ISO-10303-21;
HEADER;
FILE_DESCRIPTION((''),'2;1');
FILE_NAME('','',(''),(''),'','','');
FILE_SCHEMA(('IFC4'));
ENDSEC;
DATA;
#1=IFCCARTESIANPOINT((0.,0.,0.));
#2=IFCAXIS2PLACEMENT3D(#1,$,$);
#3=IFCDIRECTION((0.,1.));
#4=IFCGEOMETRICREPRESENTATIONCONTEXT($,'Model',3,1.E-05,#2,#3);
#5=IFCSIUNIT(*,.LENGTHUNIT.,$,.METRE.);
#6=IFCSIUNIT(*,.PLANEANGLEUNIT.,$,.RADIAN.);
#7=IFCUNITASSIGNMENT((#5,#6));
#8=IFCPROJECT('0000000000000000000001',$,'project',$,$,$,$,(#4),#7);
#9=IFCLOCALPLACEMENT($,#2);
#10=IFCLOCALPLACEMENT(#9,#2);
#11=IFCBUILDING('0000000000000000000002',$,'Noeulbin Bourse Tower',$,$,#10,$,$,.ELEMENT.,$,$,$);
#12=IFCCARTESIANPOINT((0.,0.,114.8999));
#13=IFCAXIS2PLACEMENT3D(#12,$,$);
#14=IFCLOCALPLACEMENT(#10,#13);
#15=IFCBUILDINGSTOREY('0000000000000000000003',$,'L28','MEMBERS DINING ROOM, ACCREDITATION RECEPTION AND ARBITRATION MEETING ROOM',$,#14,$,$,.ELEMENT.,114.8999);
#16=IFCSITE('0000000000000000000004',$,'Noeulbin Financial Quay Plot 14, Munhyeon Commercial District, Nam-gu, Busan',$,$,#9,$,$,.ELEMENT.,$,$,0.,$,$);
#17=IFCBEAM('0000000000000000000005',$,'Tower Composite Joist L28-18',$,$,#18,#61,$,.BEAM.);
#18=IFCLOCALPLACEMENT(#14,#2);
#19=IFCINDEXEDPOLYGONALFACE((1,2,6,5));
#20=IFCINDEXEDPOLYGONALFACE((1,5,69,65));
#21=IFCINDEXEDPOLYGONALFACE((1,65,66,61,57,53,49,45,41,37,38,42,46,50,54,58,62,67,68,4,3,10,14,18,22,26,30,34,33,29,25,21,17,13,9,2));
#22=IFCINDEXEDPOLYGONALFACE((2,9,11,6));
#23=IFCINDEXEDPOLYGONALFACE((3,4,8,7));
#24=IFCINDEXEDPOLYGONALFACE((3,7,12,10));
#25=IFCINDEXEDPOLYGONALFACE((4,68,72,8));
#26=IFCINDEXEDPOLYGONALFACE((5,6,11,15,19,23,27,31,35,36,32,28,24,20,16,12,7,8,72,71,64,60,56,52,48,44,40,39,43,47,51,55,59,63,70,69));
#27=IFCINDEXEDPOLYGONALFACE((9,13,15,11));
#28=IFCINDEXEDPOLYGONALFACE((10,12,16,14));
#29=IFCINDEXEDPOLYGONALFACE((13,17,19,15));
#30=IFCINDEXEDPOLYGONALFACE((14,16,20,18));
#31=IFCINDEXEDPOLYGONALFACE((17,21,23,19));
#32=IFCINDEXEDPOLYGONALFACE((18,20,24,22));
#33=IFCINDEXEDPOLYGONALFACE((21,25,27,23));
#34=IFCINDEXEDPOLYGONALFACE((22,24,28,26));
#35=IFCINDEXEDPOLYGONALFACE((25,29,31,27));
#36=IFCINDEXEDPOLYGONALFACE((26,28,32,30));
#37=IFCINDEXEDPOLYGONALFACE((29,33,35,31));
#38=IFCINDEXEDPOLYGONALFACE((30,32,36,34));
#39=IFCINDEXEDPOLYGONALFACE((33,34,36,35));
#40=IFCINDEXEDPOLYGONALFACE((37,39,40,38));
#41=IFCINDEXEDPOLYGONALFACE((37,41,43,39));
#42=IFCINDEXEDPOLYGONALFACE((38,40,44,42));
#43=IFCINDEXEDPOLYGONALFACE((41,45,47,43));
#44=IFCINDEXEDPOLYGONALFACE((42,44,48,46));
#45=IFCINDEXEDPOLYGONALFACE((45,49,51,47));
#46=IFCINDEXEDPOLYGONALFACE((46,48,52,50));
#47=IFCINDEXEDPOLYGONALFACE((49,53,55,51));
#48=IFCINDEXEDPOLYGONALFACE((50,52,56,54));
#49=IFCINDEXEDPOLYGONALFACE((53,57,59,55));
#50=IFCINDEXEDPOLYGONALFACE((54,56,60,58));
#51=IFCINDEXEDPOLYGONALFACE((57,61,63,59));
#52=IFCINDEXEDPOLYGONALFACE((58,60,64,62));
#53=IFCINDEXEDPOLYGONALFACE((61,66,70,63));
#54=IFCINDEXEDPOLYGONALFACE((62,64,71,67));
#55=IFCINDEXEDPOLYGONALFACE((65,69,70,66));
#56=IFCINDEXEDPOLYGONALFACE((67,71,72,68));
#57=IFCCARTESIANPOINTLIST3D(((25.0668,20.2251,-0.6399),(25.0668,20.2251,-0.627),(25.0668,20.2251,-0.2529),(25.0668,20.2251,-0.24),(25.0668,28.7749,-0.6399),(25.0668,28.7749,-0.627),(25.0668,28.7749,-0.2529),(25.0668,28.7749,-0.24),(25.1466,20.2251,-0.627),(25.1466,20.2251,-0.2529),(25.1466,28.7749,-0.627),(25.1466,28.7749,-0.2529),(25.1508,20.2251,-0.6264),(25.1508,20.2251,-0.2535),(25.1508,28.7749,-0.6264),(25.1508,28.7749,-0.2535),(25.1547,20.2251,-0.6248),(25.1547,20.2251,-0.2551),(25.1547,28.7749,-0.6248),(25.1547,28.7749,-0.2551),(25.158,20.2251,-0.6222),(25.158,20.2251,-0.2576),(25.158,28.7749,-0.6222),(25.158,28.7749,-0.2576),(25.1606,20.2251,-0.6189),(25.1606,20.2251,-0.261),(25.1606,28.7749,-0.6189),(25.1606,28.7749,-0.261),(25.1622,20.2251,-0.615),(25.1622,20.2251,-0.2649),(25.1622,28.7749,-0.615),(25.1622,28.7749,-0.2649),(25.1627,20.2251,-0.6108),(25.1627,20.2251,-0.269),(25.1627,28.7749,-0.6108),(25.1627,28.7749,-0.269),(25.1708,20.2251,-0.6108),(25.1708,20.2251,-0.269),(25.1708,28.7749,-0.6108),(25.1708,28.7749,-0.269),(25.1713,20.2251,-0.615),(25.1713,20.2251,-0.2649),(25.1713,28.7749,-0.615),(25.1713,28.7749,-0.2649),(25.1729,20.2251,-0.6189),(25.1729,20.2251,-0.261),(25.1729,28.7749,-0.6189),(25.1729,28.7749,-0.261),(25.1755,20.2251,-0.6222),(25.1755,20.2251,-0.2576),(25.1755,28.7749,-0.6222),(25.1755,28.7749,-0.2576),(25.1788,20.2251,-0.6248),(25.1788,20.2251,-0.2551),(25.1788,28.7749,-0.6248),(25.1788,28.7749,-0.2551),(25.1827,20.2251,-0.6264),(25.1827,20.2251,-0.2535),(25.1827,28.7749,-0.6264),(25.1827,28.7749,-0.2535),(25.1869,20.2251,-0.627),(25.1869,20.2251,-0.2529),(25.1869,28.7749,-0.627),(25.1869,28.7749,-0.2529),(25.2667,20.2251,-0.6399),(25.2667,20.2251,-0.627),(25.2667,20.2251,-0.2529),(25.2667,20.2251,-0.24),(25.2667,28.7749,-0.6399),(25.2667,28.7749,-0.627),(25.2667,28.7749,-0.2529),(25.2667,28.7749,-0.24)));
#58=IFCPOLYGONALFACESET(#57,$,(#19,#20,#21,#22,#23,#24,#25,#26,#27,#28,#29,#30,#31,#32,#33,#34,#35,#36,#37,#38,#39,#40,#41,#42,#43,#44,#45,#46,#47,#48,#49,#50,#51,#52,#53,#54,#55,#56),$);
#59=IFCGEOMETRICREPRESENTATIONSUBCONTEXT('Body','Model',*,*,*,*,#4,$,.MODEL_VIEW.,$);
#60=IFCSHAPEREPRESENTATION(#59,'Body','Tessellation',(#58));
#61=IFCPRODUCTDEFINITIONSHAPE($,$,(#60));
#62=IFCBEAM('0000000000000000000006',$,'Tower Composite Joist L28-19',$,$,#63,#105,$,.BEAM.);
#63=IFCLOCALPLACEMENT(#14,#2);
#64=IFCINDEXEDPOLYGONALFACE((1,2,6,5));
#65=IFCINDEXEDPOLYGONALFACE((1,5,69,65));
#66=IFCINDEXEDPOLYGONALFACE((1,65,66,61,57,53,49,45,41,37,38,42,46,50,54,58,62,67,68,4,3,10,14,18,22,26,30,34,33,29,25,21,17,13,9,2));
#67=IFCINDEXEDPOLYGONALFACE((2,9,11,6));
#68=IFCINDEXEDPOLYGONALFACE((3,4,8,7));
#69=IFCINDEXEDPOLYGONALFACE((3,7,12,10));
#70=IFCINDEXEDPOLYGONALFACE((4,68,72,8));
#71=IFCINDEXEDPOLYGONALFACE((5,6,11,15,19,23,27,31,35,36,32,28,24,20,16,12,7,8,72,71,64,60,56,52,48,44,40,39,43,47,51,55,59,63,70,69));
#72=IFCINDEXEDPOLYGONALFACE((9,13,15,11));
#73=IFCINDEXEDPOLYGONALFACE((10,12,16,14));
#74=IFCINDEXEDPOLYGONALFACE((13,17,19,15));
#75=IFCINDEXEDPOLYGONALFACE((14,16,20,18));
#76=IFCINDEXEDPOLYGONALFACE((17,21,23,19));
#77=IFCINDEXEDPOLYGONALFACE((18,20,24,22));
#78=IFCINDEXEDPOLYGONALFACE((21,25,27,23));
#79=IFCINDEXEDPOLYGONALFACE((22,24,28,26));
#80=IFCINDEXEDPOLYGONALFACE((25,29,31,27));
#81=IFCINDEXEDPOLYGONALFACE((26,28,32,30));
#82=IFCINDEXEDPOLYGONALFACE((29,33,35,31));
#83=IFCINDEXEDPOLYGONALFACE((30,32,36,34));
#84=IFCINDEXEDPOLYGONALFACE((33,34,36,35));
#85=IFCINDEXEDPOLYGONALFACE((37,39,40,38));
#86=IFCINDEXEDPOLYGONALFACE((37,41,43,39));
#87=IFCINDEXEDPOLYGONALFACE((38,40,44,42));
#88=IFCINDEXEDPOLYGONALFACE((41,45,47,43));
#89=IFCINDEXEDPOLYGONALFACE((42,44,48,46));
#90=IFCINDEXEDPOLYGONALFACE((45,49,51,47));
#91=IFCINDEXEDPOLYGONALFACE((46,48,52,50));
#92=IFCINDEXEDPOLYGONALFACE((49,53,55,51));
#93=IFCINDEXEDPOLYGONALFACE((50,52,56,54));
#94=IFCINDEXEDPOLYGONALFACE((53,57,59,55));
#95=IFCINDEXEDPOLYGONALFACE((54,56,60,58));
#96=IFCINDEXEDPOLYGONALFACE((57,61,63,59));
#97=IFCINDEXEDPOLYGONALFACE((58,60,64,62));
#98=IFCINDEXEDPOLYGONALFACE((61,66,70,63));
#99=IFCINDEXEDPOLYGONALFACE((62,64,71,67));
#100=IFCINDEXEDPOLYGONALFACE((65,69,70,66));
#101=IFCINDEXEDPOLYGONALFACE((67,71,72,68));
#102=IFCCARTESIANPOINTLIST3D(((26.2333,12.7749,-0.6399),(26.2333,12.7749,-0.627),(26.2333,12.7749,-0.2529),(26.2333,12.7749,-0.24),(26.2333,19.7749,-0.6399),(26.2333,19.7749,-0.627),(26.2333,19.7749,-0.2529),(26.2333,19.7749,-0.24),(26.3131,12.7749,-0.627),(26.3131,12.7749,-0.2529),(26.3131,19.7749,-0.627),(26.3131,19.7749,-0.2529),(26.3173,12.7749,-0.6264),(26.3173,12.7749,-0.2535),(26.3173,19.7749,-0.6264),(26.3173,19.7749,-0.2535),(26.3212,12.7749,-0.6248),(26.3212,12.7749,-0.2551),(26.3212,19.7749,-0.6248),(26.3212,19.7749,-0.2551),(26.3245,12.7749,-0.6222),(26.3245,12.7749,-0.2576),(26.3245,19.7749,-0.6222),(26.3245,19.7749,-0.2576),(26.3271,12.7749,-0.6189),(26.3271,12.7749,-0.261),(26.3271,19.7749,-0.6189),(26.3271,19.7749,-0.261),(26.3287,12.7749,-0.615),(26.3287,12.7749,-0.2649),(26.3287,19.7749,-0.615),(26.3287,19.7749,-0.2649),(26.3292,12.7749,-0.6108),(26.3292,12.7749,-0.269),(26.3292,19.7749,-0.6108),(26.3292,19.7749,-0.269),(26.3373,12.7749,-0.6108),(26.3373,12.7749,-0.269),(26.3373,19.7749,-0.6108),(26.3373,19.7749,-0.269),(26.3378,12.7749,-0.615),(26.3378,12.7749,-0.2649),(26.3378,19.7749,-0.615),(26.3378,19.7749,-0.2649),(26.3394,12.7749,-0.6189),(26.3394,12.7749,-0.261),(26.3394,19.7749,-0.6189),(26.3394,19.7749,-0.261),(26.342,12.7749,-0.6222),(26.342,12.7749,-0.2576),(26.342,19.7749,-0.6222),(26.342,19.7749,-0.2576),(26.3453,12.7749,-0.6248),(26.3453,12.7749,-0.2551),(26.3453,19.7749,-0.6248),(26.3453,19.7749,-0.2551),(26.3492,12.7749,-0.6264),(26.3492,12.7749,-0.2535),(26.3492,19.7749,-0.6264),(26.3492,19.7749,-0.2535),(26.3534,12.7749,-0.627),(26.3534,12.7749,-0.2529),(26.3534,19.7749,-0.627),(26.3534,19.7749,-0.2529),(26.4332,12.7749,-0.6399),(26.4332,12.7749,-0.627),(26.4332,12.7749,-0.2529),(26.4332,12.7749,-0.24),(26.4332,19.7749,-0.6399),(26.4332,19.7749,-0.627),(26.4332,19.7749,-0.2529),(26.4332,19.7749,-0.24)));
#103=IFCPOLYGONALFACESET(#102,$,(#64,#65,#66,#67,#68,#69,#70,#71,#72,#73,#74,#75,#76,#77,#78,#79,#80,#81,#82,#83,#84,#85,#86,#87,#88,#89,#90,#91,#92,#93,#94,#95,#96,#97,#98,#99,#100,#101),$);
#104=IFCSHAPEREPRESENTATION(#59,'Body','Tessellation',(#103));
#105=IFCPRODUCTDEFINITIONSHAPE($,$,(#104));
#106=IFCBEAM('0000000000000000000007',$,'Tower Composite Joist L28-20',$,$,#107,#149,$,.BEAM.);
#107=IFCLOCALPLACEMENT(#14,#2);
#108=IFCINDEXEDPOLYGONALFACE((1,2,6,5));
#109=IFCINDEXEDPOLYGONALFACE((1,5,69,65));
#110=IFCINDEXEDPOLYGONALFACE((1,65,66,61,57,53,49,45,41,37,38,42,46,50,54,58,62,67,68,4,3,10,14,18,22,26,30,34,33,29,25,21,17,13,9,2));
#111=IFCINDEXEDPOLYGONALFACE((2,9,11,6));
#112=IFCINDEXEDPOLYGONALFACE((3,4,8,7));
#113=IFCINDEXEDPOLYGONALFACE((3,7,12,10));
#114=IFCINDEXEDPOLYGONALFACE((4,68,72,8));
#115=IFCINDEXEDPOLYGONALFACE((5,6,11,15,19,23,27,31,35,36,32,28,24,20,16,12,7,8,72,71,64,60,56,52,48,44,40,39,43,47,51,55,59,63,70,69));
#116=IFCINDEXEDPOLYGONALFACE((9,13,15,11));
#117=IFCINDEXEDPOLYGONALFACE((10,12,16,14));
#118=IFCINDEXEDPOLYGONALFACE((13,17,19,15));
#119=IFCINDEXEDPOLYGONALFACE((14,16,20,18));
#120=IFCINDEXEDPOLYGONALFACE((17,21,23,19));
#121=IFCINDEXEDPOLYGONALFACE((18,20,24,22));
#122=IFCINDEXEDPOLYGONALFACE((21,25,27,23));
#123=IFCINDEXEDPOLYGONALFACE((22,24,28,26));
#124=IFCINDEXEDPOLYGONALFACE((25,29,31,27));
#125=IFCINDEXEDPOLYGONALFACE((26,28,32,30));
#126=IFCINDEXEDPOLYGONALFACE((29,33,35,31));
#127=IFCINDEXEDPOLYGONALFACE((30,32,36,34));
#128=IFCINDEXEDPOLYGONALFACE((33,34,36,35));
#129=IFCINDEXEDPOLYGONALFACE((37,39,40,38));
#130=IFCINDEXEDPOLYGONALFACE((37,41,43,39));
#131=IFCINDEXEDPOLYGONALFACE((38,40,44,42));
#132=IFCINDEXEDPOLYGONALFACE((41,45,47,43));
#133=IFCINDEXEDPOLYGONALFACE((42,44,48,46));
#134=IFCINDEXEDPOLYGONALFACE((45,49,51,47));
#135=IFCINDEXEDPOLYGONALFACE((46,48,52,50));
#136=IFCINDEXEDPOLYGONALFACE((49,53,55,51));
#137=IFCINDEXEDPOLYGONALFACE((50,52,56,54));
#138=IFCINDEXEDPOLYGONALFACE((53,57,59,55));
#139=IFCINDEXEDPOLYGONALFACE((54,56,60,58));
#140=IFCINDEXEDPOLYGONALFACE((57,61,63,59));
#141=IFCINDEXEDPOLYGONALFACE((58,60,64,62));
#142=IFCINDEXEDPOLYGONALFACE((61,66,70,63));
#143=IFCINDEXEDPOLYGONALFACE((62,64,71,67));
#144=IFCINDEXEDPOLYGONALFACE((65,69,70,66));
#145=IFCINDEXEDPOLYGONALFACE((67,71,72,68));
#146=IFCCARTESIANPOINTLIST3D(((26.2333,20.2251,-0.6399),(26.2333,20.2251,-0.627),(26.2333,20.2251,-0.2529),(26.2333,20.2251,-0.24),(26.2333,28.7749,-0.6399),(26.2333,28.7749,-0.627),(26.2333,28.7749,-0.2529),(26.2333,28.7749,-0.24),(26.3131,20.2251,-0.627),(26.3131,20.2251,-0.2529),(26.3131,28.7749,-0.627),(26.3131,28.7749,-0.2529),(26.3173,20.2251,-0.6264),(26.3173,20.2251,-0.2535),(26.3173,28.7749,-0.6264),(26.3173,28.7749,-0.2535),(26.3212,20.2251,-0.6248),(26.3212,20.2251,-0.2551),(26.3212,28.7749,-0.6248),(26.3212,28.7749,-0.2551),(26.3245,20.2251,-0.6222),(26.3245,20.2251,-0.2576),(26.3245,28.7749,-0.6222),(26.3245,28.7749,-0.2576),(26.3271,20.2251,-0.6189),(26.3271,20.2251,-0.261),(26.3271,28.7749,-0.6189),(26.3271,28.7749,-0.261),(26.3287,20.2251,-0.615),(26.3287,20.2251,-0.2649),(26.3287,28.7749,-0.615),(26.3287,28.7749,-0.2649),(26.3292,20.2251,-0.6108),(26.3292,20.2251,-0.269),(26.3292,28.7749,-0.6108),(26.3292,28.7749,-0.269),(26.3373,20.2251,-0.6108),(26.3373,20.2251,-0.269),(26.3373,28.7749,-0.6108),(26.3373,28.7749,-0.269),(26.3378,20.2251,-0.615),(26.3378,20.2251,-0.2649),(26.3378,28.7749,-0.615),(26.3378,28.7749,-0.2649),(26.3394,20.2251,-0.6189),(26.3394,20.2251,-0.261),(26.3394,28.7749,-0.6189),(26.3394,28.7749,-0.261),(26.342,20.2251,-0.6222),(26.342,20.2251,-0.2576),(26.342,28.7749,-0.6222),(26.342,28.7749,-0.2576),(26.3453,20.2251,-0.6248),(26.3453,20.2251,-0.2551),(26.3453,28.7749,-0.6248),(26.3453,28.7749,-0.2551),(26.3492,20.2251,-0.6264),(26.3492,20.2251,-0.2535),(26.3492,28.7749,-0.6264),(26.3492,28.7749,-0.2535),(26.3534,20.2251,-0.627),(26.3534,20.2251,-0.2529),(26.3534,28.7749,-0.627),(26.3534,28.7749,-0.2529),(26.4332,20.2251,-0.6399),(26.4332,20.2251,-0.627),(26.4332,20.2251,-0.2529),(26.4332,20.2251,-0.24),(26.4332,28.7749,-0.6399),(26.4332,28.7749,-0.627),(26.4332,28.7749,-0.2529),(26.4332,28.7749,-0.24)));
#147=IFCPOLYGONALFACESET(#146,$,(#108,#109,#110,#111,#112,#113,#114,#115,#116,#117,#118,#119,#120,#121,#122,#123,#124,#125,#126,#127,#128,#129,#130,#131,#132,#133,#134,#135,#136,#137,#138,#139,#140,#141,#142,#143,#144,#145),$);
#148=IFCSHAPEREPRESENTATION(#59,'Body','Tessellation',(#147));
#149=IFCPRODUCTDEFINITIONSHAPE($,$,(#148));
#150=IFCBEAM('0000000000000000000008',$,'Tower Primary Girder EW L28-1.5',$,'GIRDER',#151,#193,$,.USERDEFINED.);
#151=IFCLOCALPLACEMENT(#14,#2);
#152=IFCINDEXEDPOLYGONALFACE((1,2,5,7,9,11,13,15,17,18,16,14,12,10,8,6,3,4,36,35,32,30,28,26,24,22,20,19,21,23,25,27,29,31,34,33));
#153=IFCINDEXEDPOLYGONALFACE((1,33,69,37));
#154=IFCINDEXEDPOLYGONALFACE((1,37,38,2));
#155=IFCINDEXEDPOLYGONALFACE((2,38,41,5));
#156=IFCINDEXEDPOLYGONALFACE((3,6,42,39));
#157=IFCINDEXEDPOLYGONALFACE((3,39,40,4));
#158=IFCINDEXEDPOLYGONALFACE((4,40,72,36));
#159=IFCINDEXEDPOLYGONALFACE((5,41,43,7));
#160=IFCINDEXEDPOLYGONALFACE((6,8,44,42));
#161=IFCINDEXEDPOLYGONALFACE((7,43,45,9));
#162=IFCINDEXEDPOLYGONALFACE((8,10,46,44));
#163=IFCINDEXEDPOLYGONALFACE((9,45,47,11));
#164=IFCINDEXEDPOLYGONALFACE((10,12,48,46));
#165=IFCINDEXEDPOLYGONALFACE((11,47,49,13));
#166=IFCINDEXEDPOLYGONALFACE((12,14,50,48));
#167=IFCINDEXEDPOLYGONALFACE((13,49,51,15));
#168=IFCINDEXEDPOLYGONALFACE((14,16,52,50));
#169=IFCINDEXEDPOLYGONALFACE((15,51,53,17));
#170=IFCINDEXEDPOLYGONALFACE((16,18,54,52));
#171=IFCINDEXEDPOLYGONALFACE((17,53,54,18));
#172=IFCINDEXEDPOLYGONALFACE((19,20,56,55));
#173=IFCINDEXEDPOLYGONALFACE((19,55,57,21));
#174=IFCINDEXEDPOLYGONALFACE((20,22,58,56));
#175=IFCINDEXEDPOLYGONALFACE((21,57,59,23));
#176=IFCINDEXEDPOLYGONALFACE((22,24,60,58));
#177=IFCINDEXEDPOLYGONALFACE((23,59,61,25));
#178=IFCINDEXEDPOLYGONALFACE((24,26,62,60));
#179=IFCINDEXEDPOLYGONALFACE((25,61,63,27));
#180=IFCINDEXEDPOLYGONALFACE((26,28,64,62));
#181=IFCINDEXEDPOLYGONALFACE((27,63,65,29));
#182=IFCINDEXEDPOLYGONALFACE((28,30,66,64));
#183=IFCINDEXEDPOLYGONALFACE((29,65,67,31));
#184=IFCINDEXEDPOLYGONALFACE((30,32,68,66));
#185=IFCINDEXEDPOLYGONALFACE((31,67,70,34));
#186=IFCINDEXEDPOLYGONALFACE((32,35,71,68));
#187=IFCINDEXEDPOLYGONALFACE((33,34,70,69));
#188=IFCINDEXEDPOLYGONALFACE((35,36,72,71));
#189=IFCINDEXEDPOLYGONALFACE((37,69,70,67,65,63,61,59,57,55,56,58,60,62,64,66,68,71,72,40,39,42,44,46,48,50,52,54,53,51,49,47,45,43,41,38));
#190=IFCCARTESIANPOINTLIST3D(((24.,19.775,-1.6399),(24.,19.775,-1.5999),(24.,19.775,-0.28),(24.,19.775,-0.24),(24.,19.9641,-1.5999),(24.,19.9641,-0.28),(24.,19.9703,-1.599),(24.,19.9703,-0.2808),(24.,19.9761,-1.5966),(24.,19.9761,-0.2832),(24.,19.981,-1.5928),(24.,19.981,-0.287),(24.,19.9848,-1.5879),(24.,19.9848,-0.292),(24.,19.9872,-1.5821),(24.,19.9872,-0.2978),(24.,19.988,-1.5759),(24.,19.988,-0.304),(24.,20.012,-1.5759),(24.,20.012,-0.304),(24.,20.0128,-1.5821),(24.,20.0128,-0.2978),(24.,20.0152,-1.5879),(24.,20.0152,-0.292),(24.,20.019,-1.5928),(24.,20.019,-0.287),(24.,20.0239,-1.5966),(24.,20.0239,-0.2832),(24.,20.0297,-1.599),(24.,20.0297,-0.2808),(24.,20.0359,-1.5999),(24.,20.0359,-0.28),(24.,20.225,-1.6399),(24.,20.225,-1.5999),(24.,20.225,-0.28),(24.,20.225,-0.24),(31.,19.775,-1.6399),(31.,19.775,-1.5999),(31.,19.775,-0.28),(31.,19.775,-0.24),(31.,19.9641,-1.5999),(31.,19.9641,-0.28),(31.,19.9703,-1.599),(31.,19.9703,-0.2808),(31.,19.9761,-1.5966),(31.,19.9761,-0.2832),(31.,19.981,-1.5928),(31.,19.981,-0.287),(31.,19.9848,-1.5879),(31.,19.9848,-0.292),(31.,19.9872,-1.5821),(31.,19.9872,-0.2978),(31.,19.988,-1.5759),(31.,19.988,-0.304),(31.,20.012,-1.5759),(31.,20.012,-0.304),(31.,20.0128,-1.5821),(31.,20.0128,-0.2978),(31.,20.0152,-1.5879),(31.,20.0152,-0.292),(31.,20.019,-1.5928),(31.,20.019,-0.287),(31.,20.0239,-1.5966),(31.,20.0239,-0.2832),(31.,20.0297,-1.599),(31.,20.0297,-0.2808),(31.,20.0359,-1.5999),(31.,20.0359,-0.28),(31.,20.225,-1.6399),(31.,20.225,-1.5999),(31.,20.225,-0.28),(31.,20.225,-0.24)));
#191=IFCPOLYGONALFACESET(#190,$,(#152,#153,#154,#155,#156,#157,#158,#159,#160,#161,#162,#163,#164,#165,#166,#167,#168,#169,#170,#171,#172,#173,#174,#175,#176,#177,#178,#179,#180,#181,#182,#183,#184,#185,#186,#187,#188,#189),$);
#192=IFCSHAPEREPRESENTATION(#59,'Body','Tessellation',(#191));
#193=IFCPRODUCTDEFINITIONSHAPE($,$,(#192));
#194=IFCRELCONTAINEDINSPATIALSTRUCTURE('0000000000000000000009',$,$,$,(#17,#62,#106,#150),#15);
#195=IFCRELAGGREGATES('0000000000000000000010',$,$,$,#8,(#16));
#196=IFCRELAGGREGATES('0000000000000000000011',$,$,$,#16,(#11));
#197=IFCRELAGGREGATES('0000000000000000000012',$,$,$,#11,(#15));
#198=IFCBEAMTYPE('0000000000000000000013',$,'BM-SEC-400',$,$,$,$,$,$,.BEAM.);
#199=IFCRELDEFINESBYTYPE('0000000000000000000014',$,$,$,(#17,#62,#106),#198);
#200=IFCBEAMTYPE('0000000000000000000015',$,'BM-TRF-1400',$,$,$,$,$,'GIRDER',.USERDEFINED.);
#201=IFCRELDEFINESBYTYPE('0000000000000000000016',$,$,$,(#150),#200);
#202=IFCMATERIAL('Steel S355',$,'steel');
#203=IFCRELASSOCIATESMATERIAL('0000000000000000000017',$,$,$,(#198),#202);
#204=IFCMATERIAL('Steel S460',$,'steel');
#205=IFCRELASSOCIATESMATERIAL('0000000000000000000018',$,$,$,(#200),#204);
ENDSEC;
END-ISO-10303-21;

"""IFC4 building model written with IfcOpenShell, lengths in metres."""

from ifc_helpers import new_model, si_unit, direction, frame, origin, origin_2d, place, context, subcontext, project, spatial, i_section, extrude, material, material_profile, profile_set, type_object, element, save


model = new_model("IFC4")

# Units and contexts
model_context = context("Model", 3, precision=1e-05, world=origin(), true_north=direction((0.0, 1.0)))
body_context = subcontext(model_context, "Body", "Model", "MODEL_VIEW")
ifc_project = project(units=[si_unit("LENGTHUNIT", "METRE"), si_unit("PLANEANGLEUNIT", "RADIAN")], contexts=[model_context])

# Site, building, storey
site_placement = place(None, origin())
site = spatial("IfcSite", under=ifc_project, at=site_placement, Name="Noeulbin Financial Quay Plot 14, Munhyeon Commercial District, Nam-gu, Busan", CompositionType="ELEMENT", RefElevation=0.0)
building_placement = place(site_placement, origin())
building = spatial("IfcBuilding", under=site, at=building_placement, Name="Noeulbin Bourse Tower", CompositionType="ELEMENT")
storey_placement = place(building_placement, frame((0.0, 0.0, 114.8999)))
storey = spatial("IfcBuildingStorey", under=building, at=storey_placement, Name="L28", Description="MEMBERS DINING ROOM, ACCREDITATION RECEPTION AND ARBITRATION MEETING ROOM", CompositionType="ELEMENT", Elevation=114.8999)

# Shared definitions
ifc_material_1 = material(Name="Steel S460", Category="steel")

# Beams
ifc_material_2 = material(Name="Steel S355", Category="steel")
ifc_material_profile_1 = material_profile(ifc_material_2, i_section(OverallWidth=0.2, OverallDepth=0.3999, WebThickness=0.0081, FlangeThickness=0.0129, FilletRadius=0.0161, at=origin_2d()), Name="H-400x200x8x13", Category="LoadBearing")
ifc_profile_set_1 = profile_set([ifc_material_profile_1], Name="Steel S355")
beam_type_1 = type_object("IfcBeamType", Name="BM-SEC-400", PredefinedType="BEAM", material=ifc_profile_set_1)
beam_1_placement = place(storey_placement, frame((25.1667, 20.2251, -0.4399), z_axis=(0.0, 1.0, 0.0), x_axis=(-1.0, 0.0, 0.0)))
element("IfcBeam", 1, at=beam_1_placement, inside=storey, type_object=beam_type_1, Name="Tower Composite Joist L28-18", PredefinedType="BEAM", context=body_context, shape_type="SweptSolid", body=[
    extrude(i_section(OverallWidth=0.2, OverallDepth=0.3999, WebThickness=0.0081, FlangeThickness=0.0129, FilletRadius=0.0161, at=origin_2d()), origin(), (0.0, 0.0, 1.0), 8.5498),
])
beam_2_placement = place(storey_placement, frame((26.3333, 12.7749, -0.4399), z_axis=(0.0, 1.0, 0.0), x_axis=(-1.0, 0.0, 0.0)))
element("IfcBeam", 2, at=beam_2_placement, inside=storey, type_object=beam_type_1, Name="Tower Composite Joist L28-19", PredefinedType="BEAM", context=body_context, shape_type="SweptSolid", body=[
    extrude(i_section(OverallWidth=0.2, OverallDepth=0.3999, WebThickness=0.0081, FlangeThickness=0.0129, FilletRadius=0.0161, at=origin_2d()), origin(), (0.0, 0.0, 1.0), 7.0),
])
beam_3_placement = place(storey_placement, frame((26.3333, 20.2251, -0.4399), z_axis=(0.0, 1.0, 0.0), x_axis=(-1.0, 0.0, 0.0)))
element("IfcBeam", 3, at=beam_3_placement, inside=storey, type_object=beam_type_1, Name="Tower Composite Joist L28-20", PredefinedType="BEAM", context=body_context, shape_type="SweptSolid", body=[
    extrude(i_section(OverallWidth=0.2, OverallDepth=0.3999, WebThickness=0.0081, FlangeThickness=0.0129, FilletRadius=0.0161, at=origin_2d()), origin(), (0.0, 0.0, 1.0), 8.5498),
])
ifc_material_profile_2 = material_profile(ifc_material_1, i_section(OverallWidth=0.45, OverallDepth=1.3999, WebThickness=0.0239, FlangeThickness=0.04, FilletRadius=0.0239, at=origin_2d()), Name="PG-1400x450x24x40", Category="LoadBearing")
ifc_profile_set_2 = profile_set([ifc_material_profile_2], Name="Steel S460")
beam_type_2 = type_object("IfcBeamType", Name="BM-TRF-1400", ElementType="GIRDER", PredefinedType="USERDEFINED", material=ifc_profile_set_2)
beam_4_placement = place(storey_placement, frame((24.0, 20.0, -0.9399), z_axis=(1.0, 0.0, 0.0), x_axis=(0.0, 1.0, 0.0)))
element("IfcBeam", 4, at=beam_4_placement, inside=storey, type_object=beam_type_2, Name="Tower Primary Girder EW L28-1.5", ObjectType="GIRDER", PredefinedType="USERDEFINED", context=body_context, shape_type="SweptSolid", body=[
    extrude(i_section(OverallWidth=0.45, OverallDepth=1.3999, WebThickness=0.0239, FlangeThickness=0.04, FilletRadius=0.0239, at=origin_2d()), origin(), (0.0, 0.0, 1.0), 7.0),
])

save(model, "model.ifc")
